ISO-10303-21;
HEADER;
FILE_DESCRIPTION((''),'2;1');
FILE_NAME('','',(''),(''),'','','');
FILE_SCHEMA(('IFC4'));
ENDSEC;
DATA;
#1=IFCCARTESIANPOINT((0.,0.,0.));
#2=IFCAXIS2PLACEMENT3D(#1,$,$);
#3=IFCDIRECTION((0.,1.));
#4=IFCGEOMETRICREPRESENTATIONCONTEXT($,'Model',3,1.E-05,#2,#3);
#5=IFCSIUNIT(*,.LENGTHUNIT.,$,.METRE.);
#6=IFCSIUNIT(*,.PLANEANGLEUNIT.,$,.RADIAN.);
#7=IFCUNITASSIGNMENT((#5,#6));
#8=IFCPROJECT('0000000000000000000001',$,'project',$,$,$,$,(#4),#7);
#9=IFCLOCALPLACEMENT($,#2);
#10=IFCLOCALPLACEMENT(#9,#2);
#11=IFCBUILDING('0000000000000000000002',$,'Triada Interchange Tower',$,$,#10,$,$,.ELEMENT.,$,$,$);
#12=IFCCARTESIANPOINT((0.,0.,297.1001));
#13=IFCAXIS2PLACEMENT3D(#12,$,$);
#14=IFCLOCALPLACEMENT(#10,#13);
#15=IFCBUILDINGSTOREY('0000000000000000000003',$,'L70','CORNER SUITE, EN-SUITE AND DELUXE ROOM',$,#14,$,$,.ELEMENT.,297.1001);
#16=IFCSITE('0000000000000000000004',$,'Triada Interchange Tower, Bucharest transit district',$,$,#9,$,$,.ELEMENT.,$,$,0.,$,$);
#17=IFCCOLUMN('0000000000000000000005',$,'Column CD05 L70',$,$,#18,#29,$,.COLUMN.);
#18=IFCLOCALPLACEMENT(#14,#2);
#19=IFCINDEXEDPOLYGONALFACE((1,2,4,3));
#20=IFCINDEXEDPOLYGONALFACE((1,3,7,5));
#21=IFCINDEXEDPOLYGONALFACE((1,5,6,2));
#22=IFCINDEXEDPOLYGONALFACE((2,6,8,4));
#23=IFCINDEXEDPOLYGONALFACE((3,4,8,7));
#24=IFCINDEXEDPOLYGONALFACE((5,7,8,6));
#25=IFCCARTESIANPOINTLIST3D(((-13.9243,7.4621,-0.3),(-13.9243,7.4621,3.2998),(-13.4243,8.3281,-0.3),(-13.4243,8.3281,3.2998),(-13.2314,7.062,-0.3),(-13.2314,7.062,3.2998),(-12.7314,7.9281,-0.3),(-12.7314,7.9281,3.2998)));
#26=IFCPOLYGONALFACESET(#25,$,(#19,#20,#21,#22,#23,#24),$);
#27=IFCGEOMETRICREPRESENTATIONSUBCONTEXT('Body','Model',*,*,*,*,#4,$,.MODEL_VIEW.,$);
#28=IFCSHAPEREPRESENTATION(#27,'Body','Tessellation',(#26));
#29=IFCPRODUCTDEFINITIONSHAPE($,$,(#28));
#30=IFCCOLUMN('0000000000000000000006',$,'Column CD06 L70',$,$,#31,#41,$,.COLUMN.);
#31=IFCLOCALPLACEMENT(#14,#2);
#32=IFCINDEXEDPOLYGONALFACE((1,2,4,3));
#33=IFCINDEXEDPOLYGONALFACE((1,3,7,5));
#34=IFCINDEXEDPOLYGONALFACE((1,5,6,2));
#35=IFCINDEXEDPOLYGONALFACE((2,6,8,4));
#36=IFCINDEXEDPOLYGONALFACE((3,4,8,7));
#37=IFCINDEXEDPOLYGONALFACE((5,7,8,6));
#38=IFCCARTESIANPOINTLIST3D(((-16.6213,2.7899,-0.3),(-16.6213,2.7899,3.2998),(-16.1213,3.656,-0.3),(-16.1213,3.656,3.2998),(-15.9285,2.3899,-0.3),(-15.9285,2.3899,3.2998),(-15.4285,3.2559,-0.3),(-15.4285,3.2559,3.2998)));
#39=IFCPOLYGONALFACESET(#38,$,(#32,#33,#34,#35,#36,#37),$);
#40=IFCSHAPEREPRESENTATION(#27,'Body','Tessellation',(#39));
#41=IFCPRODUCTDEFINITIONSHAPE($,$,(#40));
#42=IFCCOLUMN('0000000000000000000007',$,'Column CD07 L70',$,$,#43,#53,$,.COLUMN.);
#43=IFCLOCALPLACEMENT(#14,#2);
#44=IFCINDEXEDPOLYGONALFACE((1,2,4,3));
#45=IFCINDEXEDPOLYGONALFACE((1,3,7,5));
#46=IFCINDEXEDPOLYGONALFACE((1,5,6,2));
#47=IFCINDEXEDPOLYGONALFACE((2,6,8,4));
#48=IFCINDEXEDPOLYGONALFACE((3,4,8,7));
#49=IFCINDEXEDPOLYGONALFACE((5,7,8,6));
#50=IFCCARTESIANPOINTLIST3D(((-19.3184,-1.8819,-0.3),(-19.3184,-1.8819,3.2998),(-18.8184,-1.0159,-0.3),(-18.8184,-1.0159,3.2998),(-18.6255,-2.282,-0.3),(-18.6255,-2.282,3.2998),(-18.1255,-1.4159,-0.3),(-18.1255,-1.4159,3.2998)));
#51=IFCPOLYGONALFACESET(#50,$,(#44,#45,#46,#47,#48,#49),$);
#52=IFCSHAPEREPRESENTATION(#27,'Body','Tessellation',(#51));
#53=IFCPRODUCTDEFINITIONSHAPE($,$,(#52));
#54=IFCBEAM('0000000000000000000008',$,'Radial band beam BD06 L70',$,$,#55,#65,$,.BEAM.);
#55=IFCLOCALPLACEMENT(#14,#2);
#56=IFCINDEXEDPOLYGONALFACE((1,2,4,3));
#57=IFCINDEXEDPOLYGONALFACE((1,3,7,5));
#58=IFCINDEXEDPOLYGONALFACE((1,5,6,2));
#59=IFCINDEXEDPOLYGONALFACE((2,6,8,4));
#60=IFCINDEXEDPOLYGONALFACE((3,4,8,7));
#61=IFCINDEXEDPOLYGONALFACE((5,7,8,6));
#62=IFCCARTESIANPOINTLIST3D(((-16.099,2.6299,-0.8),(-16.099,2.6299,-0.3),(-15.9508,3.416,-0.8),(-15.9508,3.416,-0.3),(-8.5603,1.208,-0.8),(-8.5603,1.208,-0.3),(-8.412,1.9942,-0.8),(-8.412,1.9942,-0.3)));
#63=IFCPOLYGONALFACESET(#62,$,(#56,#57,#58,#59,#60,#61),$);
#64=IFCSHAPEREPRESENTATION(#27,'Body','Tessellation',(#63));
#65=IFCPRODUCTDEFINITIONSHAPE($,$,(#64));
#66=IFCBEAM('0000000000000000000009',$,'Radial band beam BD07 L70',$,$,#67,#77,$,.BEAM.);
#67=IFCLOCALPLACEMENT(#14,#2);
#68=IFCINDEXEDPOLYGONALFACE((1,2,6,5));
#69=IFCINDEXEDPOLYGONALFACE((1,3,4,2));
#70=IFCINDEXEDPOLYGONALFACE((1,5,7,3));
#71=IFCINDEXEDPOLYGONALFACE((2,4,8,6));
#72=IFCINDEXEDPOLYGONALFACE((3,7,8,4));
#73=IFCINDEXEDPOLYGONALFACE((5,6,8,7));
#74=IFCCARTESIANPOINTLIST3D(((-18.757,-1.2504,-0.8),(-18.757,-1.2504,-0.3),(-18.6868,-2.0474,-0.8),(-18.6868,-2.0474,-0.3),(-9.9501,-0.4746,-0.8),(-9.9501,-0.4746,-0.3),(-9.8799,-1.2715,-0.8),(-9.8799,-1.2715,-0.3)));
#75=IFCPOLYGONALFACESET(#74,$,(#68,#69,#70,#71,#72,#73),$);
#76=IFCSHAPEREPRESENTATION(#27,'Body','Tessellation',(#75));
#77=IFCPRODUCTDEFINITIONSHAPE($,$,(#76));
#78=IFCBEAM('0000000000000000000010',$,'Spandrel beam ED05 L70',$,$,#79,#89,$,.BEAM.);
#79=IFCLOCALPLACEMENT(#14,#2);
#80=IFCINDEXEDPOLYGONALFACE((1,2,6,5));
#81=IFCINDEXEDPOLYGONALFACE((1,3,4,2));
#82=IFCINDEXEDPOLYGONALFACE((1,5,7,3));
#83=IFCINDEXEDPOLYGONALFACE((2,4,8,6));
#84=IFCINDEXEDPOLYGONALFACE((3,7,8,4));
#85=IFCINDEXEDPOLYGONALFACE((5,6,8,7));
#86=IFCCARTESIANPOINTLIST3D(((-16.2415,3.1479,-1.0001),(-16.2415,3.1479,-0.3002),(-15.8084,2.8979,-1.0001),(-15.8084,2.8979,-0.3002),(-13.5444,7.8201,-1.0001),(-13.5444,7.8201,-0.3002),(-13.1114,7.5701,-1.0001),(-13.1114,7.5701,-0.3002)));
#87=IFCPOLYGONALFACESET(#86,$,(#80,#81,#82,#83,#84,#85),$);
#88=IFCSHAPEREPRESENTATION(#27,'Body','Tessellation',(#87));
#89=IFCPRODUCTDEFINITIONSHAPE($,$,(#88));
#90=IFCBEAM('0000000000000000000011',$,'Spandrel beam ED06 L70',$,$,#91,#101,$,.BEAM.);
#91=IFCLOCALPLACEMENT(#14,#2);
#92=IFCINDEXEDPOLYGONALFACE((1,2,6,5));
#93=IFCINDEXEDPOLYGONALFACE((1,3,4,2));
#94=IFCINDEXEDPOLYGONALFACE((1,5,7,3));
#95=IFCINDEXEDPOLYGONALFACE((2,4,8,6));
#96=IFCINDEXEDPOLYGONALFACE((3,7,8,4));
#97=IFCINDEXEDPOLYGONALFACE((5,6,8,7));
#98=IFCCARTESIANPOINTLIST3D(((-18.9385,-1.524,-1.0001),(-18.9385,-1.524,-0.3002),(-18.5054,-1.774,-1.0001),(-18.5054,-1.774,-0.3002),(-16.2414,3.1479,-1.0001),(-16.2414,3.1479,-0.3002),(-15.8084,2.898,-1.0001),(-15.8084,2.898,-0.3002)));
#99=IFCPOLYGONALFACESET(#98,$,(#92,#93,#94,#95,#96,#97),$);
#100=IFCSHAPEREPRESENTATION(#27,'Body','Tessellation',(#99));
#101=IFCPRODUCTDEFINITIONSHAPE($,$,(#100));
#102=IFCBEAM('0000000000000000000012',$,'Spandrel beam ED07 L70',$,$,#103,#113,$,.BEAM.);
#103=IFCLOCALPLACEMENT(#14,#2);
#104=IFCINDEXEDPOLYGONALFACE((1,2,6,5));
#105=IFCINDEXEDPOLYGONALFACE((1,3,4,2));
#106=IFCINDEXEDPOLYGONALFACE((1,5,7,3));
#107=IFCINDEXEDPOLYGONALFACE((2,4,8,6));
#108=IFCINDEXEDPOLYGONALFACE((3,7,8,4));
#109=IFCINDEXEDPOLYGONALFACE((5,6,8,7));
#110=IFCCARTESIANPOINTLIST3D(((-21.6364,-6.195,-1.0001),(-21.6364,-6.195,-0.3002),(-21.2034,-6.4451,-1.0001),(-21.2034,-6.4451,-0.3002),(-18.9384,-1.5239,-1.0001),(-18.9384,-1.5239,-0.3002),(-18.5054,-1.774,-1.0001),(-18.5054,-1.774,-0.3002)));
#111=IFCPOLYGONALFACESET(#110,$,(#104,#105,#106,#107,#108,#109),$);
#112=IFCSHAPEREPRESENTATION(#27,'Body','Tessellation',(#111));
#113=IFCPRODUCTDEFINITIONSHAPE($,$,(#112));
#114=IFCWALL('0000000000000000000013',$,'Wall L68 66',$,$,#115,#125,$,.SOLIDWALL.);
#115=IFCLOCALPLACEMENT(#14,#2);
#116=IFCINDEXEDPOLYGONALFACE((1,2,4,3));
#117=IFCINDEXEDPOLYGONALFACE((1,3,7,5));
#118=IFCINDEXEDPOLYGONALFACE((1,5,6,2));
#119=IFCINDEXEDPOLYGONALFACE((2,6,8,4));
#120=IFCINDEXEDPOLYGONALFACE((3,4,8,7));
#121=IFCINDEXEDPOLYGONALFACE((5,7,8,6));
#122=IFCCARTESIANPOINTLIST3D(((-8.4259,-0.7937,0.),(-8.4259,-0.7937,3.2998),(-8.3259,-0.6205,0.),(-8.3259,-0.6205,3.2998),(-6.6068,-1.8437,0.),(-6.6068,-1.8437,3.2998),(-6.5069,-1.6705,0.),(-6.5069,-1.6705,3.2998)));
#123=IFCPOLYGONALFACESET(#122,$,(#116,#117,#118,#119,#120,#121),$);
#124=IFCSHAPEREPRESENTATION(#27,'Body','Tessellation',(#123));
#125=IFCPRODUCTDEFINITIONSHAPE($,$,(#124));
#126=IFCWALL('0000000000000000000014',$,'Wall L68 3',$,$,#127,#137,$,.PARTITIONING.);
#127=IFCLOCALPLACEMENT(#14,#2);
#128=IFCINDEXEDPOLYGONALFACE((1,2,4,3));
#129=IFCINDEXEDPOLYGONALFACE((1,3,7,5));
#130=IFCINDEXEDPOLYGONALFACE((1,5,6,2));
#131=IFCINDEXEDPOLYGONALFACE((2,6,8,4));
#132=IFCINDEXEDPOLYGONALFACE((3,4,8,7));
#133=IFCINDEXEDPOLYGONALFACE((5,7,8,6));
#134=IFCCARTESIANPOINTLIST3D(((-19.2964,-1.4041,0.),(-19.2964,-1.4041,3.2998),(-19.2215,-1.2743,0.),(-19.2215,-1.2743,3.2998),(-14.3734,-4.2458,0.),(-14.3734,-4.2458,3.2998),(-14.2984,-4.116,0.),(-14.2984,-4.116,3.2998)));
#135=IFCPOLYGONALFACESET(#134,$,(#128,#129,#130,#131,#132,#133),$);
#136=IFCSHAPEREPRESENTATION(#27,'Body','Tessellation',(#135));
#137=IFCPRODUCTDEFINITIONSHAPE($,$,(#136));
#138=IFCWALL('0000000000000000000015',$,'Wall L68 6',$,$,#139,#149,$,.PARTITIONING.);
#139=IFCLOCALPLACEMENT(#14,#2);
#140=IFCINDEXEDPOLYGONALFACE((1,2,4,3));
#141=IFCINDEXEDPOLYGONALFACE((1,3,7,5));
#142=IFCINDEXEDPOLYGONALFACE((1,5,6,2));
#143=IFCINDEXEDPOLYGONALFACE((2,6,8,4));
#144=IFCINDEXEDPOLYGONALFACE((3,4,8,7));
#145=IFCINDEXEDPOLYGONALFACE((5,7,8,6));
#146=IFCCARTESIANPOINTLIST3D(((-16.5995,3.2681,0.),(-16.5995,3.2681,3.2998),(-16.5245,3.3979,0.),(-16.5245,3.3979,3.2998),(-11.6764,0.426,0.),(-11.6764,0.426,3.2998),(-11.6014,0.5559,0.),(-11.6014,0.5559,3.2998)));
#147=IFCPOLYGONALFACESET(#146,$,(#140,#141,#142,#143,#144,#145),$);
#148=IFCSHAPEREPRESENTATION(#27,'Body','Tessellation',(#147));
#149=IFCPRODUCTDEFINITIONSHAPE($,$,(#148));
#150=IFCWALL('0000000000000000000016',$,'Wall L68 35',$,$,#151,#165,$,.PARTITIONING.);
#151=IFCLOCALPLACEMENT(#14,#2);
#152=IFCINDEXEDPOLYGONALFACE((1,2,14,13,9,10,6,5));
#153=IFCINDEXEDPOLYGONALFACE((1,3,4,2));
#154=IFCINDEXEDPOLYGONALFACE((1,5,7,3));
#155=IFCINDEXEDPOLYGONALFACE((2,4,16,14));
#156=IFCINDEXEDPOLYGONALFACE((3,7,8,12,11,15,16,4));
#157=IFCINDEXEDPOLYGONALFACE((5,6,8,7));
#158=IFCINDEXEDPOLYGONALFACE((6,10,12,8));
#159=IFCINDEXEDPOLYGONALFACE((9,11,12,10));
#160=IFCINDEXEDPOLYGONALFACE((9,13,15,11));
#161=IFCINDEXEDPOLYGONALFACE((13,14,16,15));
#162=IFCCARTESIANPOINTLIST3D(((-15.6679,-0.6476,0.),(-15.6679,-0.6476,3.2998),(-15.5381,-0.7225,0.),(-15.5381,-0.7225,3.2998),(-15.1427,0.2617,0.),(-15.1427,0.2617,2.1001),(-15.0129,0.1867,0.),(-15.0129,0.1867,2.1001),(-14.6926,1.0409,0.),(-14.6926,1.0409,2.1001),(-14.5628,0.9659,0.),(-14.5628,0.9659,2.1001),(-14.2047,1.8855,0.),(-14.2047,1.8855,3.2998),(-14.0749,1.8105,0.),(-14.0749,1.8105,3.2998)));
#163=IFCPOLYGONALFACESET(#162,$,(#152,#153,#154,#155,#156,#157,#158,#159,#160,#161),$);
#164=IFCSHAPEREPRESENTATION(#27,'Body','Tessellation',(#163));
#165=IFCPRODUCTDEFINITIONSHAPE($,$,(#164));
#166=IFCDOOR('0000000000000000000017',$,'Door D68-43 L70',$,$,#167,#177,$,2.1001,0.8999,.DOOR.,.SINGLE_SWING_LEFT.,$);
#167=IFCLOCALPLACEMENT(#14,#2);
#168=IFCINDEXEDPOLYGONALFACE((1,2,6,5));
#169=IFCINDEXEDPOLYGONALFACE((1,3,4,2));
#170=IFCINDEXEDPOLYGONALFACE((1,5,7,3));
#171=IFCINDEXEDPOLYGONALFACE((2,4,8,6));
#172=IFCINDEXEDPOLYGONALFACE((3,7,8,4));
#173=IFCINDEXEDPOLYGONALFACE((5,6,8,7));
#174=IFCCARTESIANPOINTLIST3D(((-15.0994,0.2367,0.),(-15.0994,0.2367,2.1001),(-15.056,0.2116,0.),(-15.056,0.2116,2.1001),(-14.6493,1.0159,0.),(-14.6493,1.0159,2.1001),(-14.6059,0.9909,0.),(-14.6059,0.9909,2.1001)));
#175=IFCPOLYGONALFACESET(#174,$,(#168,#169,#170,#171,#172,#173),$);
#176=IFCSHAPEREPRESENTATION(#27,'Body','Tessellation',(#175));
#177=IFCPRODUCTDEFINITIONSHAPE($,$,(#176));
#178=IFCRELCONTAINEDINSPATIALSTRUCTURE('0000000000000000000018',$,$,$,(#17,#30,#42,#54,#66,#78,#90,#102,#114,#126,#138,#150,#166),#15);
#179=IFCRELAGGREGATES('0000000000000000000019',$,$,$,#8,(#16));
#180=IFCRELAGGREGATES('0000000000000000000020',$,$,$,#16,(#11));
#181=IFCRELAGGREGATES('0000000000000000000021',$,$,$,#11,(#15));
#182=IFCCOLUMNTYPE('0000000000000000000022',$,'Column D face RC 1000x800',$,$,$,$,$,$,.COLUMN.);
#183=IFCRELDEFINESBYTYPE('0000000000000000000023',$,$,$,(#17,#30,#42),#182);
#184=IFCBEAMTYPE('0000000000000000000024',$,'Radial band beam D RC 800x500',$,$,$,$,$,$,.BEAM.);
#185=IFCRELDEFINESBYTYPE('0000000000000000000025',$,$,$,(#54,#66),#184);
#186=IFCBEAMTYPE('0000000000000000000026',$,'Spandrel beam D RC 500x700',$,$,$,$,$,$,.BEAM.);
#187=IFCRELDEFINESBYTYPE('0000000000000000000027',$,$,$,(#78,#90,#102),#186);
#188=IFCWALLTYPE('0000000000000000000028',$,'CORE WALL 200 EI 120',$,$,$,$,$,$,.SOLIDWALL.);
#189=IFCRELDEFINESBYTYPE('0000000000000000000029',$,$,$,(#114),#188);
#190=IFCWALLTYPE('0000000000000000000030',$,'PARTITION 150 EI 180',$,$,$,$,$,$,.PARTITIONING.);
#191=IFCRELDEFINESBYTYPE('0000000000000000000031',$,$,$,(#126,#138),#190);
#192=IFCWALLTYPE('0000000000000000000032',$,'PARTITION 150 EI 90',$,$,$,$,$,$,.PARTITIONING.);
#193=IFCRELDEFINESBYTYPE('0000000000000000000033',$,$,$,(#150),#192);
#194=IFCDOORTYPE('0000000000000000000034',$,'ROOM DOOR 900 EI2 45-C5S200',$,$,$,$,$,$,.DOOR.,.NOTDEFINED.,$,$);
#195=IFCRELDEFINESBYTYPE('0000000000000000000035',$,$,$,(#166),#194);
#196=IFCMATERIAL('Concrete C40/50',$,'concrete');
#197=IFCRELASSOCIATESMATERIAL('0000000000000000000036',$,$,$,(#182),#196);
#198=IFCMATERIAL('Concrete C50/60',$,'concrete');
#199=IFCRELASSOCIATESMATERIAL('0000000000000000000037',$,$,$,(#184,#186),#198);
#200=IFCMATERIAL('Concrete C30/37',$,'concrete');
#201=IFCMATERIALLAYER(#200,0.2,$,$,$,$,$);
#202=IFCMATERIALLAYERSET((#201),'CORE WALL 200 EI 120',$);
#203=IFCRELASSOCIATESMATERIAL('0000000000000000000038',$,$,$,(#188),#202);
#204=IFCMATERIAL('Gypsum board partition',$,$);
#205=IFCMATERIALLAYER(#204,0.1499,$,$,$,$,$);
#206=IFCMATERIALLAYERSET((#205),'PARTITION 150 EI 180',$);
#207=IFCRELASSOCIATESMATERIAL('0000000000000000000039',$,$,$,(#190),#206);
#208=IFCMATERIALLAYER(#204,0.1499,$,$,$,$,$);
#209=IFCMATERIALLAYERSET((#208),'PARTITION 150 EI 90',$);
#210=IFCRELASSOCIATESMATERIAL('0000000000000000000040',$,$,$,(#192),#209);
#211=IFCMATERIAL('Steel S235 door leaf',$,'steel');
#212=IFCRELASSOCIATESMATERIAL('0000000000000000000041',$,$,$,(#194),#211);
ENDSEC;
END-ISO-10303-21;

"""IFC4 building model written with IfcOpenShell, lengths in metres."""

from ifc_helpers import new_model, si_unit, direction, frame, frame_2d, origin, origin_2d, place, context, subcontext, project, spatial, rectangle, extrude, material, layer, layer_set, material_profile, profile_set, type_object, element, fill, save


model = new_model("IFC4")

# Units and contexts
model_context = context("Model", 3, precision=1e-05, world=origin(), true_north=direction((0.0, 1.0)))
body_context = subcontext(model_context, "Body", "Model", "MODEL_VIEW")
ifc_project = project(units=[si_unit("LENGTHUNIT", "METRE"), si_unit("PLANEANGLEUNIT", "RADIAN")], contexts=[model_context])

# Site, building, storey
site_placement = place(None, origin())
site = spatial("IfcSite", under=ifc_project, at=site_placement, Name="Triada Interchange Tower, Bucharest transit district", CompositionType="ELEMENT", RefElevation=0.0)
building_placement = place(site_placement, origin())
building = spatial("IfcBuilding", under=site, at=building_placement, Name="Triada Interchange Tower", CompositionType="ELEMENT")
storey_placement = place(building_placement, frame((0.0, 0.0, 297.1001)))
storey = spatial("IfcBuildingStorey", under=building, at=storey_placement, Name="L70", Description="CORNER SUITE, EN-SUITE AND DELUXE ROOM", CompositionType="ELEMENT", Elevation=297.1001)

# Columns
ifc_material_1 = material(Name="Concrete C40/50", Category="concrete")
ifc_material_profile_1 = material_profile(ifc_material_1, rectangle(XDim=1.0, YDim=0.8, at=origin_2d()), Name="RC 1000x800")
ifc_profile_set_1 = profile_set([ifc_material_profile_1], Name="Concrete C40/50")
column_type = type_object("IfcColumnType", Name="Column D face RC 1000x800", PredefinedType="COLUMN", material=ifc_profile_set_1)
for number, where, z_axis, x_axis, name in (
    (1, (-13.3279, 7.6951, -0.3), (0.0, 0.0, 1.0), (0.5, 0.866025, 0.0), "Column CD05 L70"),
    (2, (-16.0249, 3.0229, -0.3), (0.0, 0.0, 1.0), (0.5, 0.866025, 0.0), "Column CD06 L70"),
    (3, (-18.7219, -1.6489, -0.3), (0.0, 0.0, 1.0), (0.5, 0.866025, 0.0), "Column CD07 L70"),
):
    element("IfcColumn", number, at=place(storey_placement, frame(where, z_axis=z_axis, x_axis=x_axis)), inside=storey, type_object=column_type, Name=name, PredefinedType="COLUMN", context=body_context, shape_type="SweptSolid", body=[
        extrude(rectangle(XDim=1.0, YDim=0.8, at=origin_2d()), origin(), (0.0, 0.0, 1.0), 3.5999),
    ])

# Beams
ifc_material_2 = material(Name="Concrete C50/60", Category="concrete")
ifc_material_profile_2 = material_profile(ifc_material_2, rectangle(XDim=0.8, YDim=0.5, at=origin_2d()), Name="RC 800x500")
ifc_profile_set_2 = profile_set([ifc_material_profile_2], Name="Concrete C50/60")
beam_type_1 = type_object("IfcBeamType", Name="Radial band beam D RC 800x500", PredefinedType="BEAM", material=ifc_profile_set_2)
beam_1_placement = place(storey_placement, frame((-16.0249, 3.0229, -0.55), z_axis=(0.982675, -0.185339, 0.0), x_axis=(0.185339, 0.982675, 0.0)))
element("IfcBeam", 4, at=beam_1_placement, inside=storey, type_object=beam_type_1, Name="Radial band beam BD06 L70", PredefinedType="BEAM", context=body_context, shape_type="SweptSolid", body=[
    extrude(rectangle(XDim=0.8, YDim=0.5, at=origin_2d()), origin(), (0.0, 0.0, 1.0), 7.6716),
])
beam_2_placement = place(storey_placement, frame((-18.7219, -1.6489, -0.55), z_axis=(0.996142, 0.087759, 0.0), x_axis=(-0.087759, 0.996142, 0.0)))
element("IfcBeam", 5, at=beam_2_placement, inside=storey, type_object=beam_type_1, Name="Radial band beam BD07 L70", PredefinedType="BEAM", context=body_context, shape_type="SweptSolid", body=[
    extrude(rectangle(XDim=0.8, YDim=0.5, at=origin_2d()), origin(), (0.0, 0.0, 1.0), 8.8411),
])
ifc_material_profile_3 = material_profile(ifc_material_2, rectangle(XDim=0.5, YDim=0.7, at=origin_2d()), Name="RC 500x700")
ifc_profile_set_3 = profile_set([ifc_material_profile_3], Name="Concrete C50/60")
beam_type_2 = type_object("IfcBeamType", Name="Spandrel beam D RC 500x700", PredefinedType="BEAM", material=ifc_profile_set_3)
beam_3_placement = place(storey_placement, frame((-13.3279, 7.6951, -0.6501), z_axis=(-0.499941, -0.86606, 0.0), x_axis=(0.86606, -0.499941, 0.0)))
element("IfcBeam", 6, at=beam_3_placement, inside=storey, type_object=beam_type_2, Name="Spandrel beam ED05 L70", PredefinedType="BEAM", context=body_context, shape_type="SweptSolid", body=[
    extrude(rectangle(XDim=0.5, YDim=0.7, at=origin_2d()), origin(), (0.0, 0.0, 1.0), 5.3948),
])
beam_4_placement = place(storey_placement, frame((-16.0249, 3.0229, -0.6501), z_axis=(-0.49996, -0.866048, 0.0), x_axis=(0.866048, -0.49996, 0.0)))
element("IfcBeam", 7, at=beam_4_placement, inside=storey, type_object=beam_type_2, Name="Spandrel beam ED06 L70", PredefinedType="BEAM", context=body_context, shape_type="SweptSolid", body=[
    extrude(rectangle(XDim=0.5, YDim=0.7, at=origin_2d()), origin(), (0.0, 0.0, 1.0), 5.3945),
])
beam_5_placement = place(storey_placement, frame((-18.7219, -1.6489, -0.6501), z_axis=(-0.500155, -0.865936, 0.0), x_axis=(0.865936, -0.500155, 0.0)))
element("IfcBeam", 8, at=beam_5_placement, inside=storey, type_object=beam_type_2, Name="Spandrel beam ED07 L70", PredefinedType="BEAM", context=body_context, shape_type="SweptSolid", body=[
    extrude(rectangle(XDim=0.5, YDim=0.7, at=origin_2d()), origin(), (0.0, 0.0, 1.0), 5.3943),
])

# Walls
ifc_material_3 = material(Name="Concrete C30/37", Category="concrete")
ifc_layer_1 = layer(ifc_material_3, 0.2)
ifc_layer_set_1 = layer_set([ifc_layer_1], Name="CORE WALL 200 EI 120")
wall_type_1 = type_object("IfcWallType", Name="CORE WALL 200 EI 120", PredefinedType="SOLIDWALL", material=ifc_layer_set_1)
wall_1_placement = place(storey_placement, frame((-8.376, -0.707, 0.0), z_axis=(0.0, 0.0, 1.0), x_axis=(0.866068, -0.499927, 0.0)))
element("IfcWall", 9, at=wall_1_placement, inside=storey, type_object=wall_type_1, Name="Wall L68 66", PredefinedType="SOLIDWALL", context=body_context, shape_type="SweptSolid", body=[
    extrude(rectangle(XDim=2.1003, YDim=0.2, at=frame_2d((1.0503, 0.0))), origin(), (0.0, 0.0, 1.0), 3.2998),
])
ifc_material_4 = material(Name="Gypsum board partition")
ifc_layer_2 = layer(ifc_material_4, 0.1499)
ifc_layer_set_2 = layer_set([ifc_layer_2], Name="PARTITION 150 EI 180")
wall_type_2 = type_object("IfcWallType", Name="PARTITION 150 EI 180", PredefinedType="PARTITIONING", material=ifc_layer_set_2)
wall_2_placement = place(storey_placement, frame((-19.259, -1.3391, 0.0), z_axis=(0.0, 0.0, 1.0), x_axis=(0.866068, -0.499927, 0.0)))
element("IfcWall", 10, at=wall_2_placement, inside=storey, type_object=wall_type_2, Name="Wall L68 3", PredefinedType="PARTITIONING", context=body_context, shape_type="SweptSolid", body=[
    extrude(rectangle(XDim=5.6843, YDim=0.1499, at=frame_2d((2.8423, 0.0))), origin(), (0.0, 0.0, 1.0), 3.2998),
])
wall_3_placement = place(storey_placement, frame((-16.562, 3.333, 0.0), z_axis=(0.0, 0.0, 1.0), x_axis=(0.866049, -0.499959, 0.0)))
element("IfcWall", 11, at=wall_3_placement, inside=storey, type_object=wall_type_2, Name="Wall L68 6", PredefinedType="PARTITIONING", context=body_context, shape_type="SweptSolid", body=[
    extrude(rectangle(XDim=5.6846, YDim=0.1499, at=frame_2d((2.8423, 0.0))), origin(), (0.0, 0.0, 1.0), 3.2998),
])

# Wall, opening, door
ifc_layer_3 = layer(ifc_material_4, 0.1499)
ifc_layer_set_3 = layer_set([ifc_layer_3], Name="PARTITION 150 EI 90")
wall_type_3 = type_object("IfcWallType", Name="PARTITION 150 EI 90", PredefinedType="PARTITIONING", material=ifc_layer_set_3)
wall_4_placement = place(storey_placement, frame((-15.603, -0.6851, 0.0), z_axis=(0.0, 0.0, 1.0), x_axis=(0.500187, 0.865917, 0.0)))
wall_4 = element("IfcWall", 12, at=wall_4_placement, inside=storey, type_object=wall_type_3, Name="Wall L68 35", PredefinedType="PARTITIONING", context=body_context, shape_type="SweptSolid", body=[
    extrude(rectangle(XDim=2.9253, YDim=0.1499, at=frame_2d((1.4626, 0.0))), origin(), (0.0, 0.0, 1.0), 3.2998),
])
opening_1_placement = place(wall_4_placement, frame((1.05, 0.0, 0.0)))
opening_1 = element("IfcOpeningElement", 13, at=opening_1_placement, cuts=wall_4, PredefinedType="OPENING", context=body_context, shape_type="SweptSolid", body=[
    extrude(rectangle(XDim=0.8999, YDim=2.1001, at=frame_2d((0.45, 1.05))), frame((0.0, 0.085, 0.0), z_axis=(0.0, -1.0, 0.0), x_axis=(1.0, 0.0, 0.0)), (0.0, 0.0, 1.0), 0.1699),
])
ifc_material_5 = material(Name="Steel S235 door leaf", Category="steel")
door_type = type_object("IfcDoorType", Name="ROOM DOOR 900 EI2 45-C5S200", OperationType="NOTDEFINED", PredefinedType="DOOR", material=ifc_material_5)
door_1_placement = place(opening_1_placement, origin())
door_1 = element("IfcDoor", 14, at=door_1_placement, inside=storey, type_object=door_type, Name="Door D68-43 L70", OperationType="SINGLE_SWING_LEFT", OverallHeight=2.1001, OverallWidth=0.8999, PredefinedType="DOOR", context=body_context, shape_type="SweptSolid", body=[
    extrude(rectangle(XDim=0.8999, YDim=2.1001, at=frame_2d((0.45, 1.05))), frame((0.0, 0.0249, 0.0), z_axis=(0.0, -1.0, 0.0), x_axis=(1.0, 0.0, 0.0)), (0.0, 0.0, 1.0), 0.05),
])
fill(opening_1, door_1)

save(model, "model.ifc")
